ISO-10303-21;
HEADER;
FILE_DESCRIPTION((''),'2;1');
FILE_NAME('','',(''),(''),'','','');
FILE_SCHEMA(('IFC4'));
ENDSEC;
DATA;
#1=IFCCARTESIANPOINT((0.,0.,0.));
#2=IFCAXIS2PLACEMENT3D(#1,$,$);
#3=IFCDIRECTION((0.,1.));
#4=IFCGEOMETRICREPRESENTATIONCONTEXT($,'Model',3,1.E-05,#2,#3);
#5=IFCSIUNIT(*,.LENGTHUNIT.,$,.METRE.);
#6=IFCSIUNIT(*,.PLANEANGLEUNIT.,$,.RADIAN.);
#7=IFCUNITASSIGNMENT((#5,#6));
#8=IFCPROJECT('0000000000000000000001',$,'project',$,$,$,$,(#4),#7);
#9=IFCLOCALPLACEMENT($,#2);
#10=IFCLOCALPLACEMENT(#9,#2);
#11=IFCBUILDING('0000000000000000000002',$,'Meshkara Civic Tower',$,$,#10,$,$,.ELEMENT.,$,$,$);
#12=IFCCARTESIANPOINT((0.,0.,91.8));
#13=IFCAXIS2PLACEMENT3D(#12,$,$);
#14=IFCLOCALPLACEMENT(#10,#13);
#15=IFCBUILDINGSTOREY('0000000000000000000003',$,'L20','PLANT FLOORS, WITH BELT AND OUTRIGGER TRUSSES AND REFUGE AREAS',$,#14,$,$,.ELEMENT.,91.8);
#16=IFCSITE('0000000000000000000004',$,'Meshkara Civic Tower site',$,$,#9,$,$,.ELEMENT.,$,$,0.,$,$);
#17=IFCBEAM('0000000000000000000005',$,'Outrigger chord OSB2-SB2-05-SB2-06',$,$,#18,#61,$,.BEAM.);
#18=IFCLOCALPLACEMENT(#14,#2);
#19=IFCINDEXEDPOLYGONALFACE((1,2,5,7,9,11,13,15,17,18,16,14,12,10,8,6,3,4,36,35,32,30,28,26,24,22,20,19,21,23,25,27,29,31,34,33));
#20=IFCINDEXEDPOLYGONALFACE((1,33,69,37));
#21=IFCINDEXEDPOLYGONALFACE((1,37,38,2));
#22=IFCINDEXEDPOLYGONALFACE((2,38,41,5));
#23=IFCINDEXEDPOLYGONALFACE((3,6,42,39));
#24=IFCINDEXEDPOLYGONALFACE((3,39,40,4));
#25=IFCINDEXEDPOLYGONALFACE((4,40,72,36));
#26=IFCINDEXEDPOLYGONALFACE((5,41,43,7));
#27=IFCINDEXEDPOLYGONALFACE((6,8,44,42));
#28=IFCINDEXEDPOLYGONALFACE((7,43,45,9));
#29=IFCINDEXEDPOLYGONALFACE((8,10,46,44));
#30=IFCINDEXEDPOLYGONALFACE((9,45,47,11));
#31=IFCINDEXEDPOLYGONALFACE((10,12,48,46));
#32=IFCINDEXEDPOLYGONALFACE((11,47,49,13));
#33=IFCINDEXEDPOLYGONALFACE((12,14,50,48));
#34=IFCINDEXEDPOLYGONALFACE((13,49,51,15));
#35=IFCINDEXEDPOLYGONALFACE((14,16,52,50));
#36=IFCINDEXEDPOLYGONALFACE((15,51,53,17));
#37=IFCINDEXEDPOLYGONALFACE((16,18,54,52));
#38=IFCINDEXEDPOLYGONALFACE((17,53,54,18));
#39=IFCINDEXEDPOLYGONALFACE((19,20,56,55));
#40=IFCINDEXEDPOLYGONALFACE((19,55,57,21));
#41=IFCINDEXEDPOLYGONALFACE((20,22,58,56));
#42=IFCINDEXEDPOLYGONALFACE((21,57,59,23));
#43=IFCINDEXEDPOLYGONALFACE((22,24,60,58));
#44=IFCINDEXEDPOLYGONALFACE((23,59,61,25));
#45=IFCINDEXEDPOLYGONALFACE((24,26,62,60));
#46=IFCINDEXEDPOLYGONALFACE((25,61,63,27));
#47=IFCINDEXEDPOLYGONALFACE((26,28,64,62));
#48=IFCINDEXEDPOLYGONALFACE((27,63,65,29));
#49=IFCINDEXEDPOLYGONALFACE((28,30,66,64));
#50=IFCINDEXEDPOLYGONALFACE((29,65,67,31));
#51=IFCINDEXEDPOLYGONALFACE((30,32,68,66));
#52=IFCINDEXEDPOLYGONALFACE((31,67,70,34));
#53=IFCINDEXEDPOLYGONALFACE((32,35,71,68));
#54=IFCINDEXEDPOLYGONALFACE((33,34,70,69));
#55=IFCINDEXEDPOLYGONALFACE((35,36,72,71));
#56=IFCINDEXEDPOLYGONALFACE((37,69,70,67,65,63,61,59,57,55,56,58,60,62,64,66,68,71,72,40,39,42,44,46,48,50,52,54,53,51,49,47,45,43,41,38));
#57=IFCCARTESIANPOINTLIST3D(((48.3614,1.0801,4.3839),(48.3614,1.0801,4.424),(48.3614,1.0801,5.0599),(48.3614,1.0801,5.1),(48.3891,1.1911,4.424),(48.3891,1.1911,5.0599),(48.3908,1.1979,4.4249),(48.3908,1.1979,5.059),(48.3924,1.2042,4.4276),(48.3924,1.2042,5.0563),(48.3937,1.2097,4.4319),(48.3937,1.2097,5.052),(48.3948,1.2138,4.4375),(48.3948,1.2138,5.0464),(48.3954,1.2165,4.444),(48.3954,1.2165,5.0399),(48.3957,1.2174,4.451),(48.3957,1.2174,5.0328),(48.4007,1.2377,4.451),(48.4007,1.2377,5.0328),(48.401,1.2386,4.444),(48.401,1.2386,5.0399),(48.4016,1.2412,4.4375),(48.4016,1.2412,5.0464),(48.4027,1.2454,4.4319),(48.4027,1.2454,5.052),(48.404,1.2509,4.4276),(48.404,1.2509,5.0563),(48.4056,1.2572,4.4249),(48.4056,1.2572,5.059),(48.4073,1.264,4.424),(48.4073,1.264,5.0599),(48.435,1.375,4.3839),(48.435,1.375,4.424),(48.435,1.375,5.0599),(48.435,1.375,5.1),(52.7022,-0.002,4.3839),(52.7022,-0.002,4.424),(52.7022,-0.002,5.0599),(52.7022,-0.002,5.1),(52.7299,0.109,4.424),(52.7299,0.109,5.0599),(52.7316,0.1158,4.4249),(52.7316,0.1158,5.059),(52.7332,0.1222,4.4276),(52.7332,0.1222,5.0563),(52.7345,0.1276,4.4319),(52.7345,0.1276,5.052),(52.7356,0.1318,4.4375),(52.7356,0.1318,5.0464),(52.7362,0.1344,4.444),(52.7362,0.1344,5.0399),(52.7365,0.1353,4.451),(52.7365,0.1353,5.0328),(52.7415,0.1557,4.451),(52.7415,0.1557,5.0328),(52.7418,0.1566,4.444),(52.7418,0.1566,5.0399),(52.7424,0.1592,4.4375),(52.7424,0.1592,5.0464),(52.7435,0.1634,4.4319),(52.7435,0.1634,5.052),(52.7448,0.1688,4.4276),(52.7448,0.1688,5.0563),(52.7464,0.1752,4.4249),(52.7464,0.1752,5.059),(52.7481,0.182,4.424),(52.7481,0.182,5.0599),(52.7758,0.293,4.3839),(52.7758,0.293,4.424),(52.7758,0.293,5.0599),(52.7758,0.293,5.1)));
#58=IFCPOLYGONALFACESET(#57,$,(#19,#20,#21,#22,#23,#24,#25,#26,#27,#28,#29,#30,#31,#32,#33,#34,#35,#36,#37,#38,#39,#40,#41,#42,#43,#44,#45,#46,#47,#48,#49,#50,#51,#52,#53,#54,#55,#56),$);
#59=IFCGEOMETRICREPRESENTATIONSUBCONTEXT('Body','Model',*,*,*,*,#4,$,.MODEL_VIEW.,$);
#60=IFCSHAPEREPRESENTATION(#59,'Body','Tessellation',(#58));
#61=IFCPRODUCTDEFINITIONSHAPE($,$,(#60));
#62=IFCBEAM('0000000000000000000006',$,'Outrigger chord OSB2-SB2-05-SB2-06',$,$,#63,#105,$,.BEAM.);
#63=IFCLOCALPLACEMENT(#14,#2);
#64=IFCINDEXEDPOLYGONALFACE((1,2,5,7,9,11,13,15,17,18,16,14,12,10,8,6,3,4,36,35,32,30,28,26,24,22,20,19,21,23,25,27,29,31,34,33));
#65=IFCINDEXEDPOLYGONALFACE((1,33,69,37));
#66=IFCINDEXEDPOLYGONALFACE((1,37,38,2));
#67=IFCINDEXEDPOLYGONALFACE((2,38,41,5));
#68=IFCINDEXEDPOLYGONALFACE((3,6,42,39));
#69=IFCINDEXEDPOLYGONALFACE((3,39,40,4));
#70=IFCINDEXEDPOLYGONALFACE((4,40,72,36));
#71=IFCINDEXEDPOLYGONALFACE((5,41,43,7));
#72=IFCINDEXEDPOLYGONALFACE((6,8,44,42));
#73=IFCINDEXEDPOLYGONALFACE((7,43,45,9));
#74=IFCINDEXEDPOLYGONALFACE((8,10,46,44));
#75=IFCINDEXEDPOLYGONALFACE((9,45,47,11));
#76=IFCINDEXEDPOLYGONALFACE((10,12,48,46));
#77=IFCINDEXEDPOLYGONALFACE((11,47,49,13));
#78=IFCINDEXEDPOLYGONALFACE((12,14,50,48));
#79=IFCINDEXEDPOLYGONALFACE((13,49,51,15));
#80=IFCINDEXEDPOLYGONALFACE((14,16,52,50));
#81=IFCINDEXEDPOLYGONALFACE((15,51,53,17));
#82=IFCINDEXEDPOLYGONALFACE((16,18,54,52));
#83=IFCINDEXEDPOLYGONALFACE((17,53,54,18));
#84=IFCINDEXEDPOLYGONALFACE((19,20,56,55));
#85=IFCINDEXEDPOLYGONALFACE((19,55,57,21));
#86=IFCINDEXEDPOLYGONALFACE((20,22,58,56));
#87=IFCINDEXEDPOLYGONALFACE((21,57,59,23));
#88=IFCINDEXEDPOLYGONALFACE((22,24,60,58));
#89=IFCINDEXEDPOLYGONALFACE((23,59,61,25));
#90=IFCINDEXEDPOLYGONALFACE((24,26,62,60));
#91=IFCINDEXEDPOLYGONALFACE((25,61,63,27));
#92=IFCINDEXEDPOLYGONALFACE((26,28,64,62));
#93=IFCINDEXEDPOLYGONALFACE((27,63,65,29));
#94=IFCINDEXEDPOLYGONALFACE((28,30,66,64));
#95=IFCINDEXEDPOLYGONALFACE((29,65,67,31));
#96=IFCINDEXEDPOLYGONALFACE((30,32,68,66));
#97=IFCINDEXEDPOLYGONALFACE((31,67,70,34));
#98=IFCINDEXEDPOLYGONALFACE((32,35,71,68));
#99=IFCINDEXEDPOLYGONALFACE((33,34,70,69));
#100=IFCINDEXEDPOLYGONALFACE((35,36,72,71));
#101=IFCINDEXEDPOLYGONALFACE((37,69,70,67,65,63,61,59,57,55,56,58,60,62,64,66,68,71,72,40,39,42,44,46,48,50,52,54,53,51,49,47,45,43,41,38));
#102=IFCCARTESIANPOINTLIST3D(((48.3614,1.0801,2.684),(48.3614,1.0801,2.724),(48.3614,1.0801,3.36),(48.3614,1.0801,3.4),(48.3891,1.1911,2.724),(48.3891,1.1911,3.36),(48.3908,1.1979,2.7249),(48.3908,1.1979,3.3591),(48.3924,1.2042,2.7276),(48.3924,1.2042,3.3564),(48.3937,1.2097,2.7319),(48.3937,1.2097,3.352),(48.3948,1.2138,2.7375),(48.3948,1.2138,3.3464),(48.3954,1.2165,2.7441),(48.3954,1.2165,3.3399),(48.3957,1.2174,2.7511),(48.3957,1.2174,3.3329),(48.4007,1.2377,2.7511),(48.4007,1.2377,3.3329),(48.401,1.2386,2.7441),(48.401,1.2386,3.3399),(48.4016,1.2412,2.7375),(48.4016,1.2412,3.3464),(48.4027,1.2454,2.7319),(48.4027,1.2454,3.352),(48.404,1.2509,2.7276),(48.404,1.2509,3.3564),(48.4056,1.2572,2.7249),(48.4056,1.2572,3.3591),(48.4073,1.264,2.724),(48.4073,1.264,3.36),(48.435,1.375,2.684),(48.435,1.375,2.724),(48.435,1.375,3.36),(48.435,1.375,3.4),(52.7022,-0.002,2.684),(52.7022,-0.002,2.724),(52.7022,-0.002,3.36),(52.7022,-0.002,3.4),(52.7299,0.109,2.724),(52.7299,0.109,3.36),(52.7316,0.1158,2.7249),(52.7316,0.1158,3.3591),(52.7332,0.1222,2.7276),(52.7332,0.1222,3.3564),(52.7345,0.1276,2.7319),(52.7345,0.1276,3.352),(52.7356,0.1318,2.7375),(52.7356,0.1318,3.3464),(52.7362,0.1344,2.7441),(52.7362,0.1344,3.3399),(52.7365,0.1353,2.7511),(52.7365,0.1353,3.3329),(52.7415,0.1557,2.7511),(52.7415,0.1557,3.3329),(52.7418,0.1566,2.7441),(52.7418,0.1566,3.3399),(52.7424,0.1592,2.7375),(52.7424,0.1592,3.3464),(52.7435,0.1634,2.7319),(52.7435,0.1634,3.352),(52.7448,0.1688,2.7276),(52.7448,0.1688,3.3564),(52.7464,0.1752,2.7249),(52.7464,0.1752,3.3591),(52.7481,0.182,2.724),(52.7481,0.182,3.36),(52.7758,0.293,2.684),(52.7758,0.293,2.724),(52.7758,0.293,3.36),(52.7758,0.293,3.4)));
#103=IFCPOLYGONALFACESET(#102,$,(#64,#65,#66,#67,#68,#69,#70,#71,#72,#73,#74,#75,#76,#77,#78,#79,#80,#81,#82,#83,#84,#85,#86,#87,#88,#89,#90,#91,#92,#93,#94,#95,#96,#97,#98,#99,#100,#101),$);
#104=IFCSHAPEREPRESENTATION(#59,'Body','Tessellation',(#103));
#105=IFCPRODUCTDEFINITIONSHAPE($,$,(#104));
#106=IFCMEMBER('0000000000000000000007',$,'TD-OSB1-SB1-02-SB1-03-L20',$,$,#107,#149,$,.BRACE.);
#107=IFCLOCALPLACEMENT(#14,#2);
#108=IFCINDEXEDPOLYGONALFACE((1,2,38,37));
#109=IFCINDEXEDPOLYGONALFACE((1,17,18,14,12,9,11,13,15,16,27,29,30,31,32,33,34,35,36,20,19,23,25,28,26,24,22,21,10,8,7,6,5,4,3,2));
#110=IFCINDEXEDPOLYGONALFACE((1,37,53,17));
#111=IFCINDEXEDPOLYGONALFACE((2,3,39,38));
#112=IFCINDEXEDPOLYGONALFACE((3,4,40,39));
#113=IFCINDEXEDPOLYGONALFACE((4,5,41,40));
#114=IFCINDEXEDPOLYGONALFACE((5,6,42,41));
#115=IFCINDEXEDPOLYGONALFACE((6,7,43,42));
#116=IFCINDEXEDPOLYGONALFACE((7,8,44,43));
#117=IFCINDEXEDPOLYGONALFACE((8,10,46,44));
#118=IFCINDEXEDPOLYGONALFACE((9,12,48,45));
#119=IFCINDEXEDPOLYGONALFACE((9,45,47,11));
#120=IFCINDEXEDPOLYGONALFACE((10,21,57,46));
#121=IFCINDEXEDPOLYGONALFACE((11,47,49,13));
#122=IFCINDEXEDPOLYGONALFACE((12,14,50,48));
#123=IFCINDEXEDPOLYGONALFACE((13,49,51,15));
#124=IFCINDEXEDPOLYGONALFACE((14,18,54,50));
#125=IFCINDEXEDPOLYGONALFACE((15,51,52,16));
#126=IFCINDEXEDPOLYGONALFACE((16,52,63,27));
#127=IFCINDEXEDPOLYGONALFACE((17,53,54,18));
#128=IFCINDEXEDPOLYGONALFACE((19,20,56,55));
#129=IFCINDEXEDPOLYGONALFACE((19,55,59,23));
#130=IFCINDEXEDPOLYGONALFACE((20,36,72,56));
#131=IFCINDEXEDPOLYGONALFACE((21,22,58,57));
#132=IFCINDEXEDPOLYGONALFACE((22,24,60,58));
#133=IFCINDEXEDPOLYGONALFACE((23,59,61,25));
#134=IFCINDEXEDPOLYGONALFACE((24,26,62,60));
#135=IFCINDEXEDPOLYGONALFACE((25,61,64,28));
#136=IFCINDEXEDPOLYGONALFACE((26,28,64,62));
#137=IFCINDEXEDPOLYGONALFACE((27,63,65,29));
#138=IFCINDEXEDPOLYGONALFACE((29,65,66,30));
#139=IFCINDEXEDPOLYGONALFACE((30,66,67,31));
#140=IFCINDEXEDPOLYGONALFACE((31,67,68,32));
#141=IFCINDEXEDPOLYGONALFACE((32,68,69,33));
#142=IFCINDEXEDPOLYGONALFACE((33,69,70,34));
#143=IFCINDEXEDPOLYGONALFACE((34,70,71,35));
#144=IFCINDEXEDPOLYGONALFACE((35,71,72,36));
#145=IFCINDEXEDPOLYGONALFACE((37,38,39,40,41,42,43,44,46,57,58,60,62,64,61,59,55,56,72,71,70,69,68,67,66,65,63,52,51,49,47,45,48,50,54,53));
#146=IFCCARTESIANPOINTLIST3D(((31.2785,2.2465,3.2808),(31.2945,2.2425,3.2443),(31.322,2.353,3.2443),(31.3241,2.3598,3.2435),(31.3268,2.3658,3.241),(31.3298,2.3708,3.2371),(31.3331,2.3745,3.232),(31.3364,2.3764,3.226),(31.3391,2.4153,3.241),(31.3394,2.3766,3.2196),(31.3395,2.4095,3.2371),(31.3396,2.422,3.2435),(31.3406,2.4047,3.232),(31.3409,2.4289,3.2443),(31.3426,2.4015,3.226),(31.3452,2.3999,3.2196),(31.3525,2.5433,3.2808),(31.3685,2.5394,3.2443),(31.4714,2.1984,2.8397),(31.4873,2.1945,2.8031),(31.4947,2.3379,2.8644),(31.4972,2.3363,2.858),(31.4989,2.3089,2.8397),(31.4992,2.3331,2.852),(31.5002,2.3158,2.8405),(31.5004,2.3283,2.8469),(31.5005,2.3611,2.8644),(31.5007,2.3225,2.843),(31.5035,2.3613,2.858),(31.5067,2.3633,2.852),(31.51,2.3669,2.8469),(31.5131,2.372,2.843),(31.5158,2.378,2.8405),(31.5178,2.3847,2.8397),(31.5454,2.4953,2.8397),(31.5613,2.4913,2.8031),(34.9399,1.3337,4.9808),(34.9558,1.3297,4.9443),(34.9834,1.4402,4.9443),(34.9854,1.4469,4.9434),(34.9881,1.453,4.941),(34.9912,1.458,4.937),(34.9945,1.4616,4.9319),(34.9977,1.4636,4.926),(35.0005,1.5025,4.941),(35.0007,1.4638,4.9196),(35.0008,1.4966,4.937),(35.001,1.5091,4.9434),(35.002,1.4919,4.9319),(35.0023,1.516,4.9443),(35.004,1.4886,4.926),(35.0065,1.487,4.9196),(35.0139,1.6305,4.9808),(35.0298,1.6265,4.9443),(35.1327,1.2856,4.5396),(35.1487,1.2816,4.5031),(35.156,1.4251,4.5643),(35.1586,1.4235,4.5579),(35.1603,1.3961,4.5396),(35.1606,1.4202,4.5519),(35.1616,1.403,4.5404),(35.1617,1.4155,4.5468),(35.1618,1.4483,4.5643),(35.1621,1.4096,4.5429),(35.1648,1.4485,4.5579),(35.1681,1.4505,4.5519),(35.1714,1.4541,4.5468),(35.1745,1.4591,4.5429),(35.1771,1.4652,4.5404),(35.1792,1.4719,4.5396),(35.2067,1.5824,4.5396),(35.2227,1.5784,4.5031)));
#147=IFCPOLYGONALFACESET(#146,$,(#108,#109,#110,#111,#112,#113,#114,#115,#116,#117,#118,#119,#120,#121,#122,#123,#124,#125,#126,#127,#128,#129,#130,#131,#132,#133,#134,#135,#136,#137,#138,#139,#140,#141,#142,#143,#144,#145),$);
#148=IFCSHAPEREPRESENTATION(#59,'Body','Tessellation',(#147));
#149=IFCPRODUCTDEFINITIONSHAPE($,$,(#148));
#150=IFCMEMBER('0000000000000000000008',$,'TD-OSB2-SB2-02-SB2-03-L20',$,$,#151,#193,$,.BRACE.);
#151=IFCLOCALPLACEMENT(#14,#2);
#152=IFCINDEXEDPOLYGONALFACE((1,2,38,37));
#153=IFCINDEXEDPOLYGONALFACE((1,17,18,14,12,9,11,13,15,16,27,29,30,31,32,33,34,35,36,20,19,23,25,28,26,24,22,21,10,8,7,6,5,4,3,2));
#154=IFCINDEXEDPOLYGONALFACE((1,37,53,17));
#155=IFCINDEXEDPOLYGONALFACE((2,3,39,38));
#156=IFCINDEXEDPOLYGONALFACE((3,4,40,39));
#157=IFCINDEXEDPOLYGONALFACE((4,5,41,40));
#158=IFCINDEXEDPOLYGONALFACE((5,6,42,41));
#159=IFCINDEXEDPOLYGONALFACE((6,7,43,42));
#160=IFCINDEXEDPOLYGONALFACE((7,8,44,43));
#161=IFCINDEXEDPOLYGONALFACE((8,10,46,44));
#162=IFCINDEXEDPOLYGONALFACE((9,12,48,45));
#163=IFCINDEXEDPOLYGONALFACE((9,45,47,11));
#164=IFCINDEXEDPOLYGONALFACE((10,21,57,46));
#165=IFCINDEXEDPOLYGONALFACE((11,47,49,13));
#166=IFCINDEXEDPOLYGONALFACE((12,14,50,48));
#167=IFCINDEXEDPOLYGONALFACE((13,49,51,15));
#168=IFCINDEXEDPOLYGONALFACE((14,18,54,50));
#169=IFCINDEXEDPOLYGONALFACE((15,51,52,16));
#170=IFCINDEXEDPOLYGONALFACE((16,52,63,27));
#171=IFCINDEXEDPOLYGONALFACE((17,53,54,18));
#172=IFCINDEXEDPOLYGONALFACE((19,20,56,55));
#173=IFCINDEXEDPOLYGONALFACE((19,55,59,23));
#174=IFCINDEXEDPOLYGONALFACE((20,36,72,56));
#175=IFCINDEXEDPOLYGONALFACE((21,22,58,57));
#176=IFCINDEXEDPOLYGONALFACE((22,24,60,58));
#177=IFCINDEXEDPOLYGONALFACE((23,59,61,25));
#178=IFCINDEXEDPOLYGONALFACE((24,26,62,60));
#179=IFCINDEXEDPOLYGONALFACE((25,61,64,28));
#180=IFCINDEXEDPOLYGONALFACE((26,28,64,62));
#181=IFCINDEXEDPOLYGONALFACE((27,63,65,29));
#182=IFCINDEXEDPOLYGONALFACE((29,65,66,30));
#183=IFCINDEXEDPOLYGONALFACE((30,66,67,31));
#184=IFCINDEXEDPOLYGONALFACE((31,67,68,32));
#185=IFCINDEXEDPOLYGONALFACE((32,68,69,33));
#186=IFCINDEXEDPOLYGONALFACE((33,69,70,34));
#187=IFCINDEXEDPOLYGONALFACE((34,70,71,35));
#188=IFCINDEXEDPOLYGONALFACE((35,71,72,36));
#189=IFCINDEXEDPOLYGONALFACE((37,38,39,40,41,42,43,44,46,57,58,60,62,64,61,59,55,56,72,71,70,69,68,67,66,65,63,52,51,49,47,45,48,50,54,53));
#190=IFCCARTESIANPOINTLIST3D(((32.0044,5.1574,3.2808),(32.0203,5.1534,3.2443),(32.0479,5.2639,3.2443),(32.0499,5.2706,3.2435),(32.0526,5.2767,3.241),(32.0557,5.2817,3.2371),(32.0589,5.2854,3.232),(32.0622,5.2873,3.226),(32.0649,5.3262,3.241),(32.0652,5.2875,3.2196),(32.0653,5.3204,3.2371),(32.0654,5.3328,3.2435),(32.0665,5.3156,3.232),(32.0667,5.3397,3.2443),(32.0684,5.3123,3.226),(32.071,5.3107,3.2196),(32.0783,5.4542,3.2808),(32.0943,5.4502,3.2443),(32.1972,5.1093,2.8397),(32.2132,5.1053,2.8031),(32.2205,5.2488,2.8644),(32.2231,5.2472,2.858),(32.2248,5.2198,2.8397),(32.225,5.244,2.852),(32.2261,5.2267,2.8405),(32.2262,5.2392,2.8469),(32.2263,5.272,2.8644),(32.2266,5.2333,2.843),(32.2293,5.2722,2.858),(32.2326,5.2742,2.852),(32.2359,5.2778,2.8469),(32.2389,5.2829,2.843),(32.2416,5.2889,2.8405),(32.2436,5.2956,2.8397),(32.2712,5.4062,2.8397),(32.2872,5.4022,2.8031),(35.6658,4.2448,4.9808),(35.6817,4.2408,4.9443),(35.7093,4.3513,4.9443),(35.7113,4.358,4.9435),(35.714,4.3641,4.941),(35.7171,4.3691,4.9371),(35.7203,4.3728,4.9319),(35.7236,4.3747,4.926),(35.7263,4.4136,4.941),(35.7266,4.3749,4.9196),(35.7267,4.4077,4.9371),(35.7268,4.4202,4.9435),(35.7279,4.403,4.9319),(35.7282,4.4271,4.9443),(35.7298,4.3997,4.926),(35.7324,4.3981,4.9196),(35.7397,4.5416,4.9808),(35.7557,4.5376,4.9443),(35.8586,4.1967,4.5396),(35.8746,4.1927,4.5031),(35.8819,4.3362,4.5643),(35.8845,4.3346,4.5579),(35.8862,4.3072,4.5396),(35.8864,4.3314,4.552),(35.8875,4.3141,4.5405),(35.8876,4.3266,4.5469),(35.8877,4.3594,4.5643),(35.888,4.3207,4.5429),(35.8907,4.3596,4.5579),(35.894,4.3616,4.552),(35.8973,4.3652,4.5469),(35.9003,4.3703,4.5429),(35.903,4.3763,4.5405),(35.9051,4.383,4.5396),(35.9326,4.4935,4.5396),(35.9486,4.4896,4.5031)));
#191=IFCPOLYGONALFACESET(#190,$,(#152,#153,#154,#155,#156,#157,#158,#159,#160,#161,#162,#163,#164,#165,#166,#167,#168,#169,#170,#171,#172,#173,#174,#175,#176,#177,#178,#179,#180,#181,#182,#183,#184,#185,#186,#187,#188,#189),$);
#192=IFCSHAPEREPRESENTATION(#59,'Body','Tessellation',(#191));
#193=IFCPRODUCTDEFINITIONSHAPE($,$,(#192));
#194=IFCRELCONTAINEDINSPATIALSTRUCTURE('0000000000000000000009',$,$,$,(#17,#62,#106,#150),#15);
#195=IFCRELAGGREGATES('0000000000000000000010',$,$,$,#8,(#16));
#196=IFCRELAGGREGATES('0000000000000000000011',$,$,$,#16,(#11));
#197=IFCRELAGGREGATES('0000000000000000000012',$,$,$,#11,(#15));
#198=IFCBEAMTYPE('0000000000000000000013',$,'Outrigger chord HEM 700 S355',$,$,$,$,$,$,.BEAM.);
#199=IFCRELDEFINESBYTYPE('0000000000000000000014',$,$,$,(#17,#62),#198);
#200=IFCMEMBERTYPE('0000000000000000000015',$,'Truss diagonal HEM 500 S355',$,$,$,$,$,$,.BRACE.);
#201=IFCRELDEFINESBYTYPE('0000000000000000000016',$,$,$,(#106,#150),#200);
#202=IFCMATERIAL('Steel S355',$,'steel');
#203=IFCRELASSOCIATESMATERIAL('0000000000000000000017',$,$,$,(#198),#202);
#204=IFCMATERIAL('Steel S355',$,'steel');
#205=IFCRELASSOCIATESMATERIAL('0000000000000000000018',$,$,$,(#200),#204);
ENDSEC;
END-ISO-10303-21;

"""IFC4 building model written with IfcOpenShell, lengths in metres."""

from ifc_helpers import new_model, si_unit, direction, frame, origin, origin_2d, place, context, subcontext, project, spatial, i_section, extrude, material, material_profile, profile_set, type_object, element, save


model = new_model("IFC4")

# Units and contexts
model_context = context("Model", 3, precision=1e-05, world=origin(), true_north=direction((0.0, 1.0)))
body_context = subcontext(model_context, "Body", "Model", "MODEL_VIEW")
ifc_project = project(units=[si_unit("LENGTHUNIT", "METRE"), si_unit("PLANEANGLEUNIT", "RADIAN")], contexts=[model_context])

# Site, building, storey
site_placement = place(None, origin())
site = spatial("IfcSite", under=ifc_project, at=site_placement, Name="Meshkara Civic Tower site", CompositionType="ELEMENT", RefElevation=0.0)
building_placement = place(site_placement, origin())
building = spatial("IfcBuilding", under=site, at=building_placement, Name="Meshkara Civic Tower", CompositionType="ELEMENT")
storey_placement = place(building_placement, frame((0.0, 0.0, 91.8)))
storey = spatial("IfcBuildingStorey", under=building, at=storey_placement, Name="L20", Description="PLANT FLOORS, WITH BELT AND OUTRIGGER TRUSSES AND REFUGE AREAS", CompositionType="ELEMENT", Elevation=91.8)

# Beams
ifc_material_1 = material(Name="Steel S355", Category="steel")
ifc_material_profile_1 = material_profile(ifc_material_1, i_section(OverallWidth=0.304, OverallDepth=0.7161, WebThickness=0.021, FlangeThickness=0.04, FilletRadius=0.0271, at=origin_2d()))
ifc_profile_set_1 = profile_set([ifc_material_profile_1], Name="Steel S355")
beam_type_1 = type_object("IfcBeamType", Name="Outrigger chord HEM 700 S355", PredefinedType="BEAM", material=ifc_profile_set_1)
for number, where, z_axis, x_axis, name in (
    (1, (48.3982, 1.2275, 4.7419), (0.970309, -0.241868, 0.0), (0.241868, 0.970309, 0.0), "Outrigger chord OSB2-SB2-05-SB2-06"),
    (2, (48.3982, 1.2275, 3.042), (0.970309, -0.241868, 0.0), (0.241868, 0.970309, 0.0), "Outrigger chord OSB2-SB2-05-SB2-06"),
):
    element("IfcBeam", number, at=place(storey_placement, frame(where, z_axis=z_axis, x_axis=x_axis)), inside=storey, type_object=beam_type_1, Name=name, PredefinedType="BEAM", context=body_context, shape_type="SweptSolid", body=[
        extrude(i_section(OverallWidth=0.304, OverallDepth=0.7161, WebThickness=0.021, FlangeThickness=0.04, FilletRadius=0.0271, at=origin_2d()), origin(), (0.0, 0.0, 1.0), 4.4736),
    ])

# Members
ifc_material_2 = material(Name="Steel S355", Category="steel")
ifc_material_profile_2 = material_profile(ifc_material_2, i_section(OverallWidth=0.3059, OverallDepth=0.5239, WebThickness=0.0239, FlangeThickness=0.04, FilletRadius=0.0271, at=origin_2d()))
ifc_profile_set_2 = profile_set([ifc_material_profile_2], Name="Steel S355")
member_type_1 = type_object("IfcMemberType", Name="Truss diagonal HEM 500 S355", PredefinedType="BRACE", material=ifc_profile_set_2)
for number, where, z_axis, x_axis, name in (
    (3, (31.4199, 2.3689, 3.042), (0.884669, -0.220563, 0.410746), (0.241911, 0.970298, 0.0), "TD-OSB1-SB1-02-SB1-03-L20"),
    (4, (32.1458, 5.2798, 3.042), (0.884681, -0.220507, 0.410751), (0.241851, 0.970314, 0.0), "TD-OSB2-SB2-02-SB2-03-L20"),
):
    element("IfcMember", number, at=place(storey_placement, frame(where, z_axis=z_axis, x_axis=x_axis)), inside=storey, type_object=member_type_1, Name=name, PredefinedType="BRACE", context=body_context, shape_type="SweptSolid", body=[
        extrude(i_section(OverallWidth=0.3059, OverallDepth=0.5239, WebThickness=0.0239, FlangeThickness=0.04, FilletRadius=0.0271, at=origin_2d()), origin(), (0.0, 0.0, 1.0), 4.1387),
    ])

save(model, "model.ifc")
